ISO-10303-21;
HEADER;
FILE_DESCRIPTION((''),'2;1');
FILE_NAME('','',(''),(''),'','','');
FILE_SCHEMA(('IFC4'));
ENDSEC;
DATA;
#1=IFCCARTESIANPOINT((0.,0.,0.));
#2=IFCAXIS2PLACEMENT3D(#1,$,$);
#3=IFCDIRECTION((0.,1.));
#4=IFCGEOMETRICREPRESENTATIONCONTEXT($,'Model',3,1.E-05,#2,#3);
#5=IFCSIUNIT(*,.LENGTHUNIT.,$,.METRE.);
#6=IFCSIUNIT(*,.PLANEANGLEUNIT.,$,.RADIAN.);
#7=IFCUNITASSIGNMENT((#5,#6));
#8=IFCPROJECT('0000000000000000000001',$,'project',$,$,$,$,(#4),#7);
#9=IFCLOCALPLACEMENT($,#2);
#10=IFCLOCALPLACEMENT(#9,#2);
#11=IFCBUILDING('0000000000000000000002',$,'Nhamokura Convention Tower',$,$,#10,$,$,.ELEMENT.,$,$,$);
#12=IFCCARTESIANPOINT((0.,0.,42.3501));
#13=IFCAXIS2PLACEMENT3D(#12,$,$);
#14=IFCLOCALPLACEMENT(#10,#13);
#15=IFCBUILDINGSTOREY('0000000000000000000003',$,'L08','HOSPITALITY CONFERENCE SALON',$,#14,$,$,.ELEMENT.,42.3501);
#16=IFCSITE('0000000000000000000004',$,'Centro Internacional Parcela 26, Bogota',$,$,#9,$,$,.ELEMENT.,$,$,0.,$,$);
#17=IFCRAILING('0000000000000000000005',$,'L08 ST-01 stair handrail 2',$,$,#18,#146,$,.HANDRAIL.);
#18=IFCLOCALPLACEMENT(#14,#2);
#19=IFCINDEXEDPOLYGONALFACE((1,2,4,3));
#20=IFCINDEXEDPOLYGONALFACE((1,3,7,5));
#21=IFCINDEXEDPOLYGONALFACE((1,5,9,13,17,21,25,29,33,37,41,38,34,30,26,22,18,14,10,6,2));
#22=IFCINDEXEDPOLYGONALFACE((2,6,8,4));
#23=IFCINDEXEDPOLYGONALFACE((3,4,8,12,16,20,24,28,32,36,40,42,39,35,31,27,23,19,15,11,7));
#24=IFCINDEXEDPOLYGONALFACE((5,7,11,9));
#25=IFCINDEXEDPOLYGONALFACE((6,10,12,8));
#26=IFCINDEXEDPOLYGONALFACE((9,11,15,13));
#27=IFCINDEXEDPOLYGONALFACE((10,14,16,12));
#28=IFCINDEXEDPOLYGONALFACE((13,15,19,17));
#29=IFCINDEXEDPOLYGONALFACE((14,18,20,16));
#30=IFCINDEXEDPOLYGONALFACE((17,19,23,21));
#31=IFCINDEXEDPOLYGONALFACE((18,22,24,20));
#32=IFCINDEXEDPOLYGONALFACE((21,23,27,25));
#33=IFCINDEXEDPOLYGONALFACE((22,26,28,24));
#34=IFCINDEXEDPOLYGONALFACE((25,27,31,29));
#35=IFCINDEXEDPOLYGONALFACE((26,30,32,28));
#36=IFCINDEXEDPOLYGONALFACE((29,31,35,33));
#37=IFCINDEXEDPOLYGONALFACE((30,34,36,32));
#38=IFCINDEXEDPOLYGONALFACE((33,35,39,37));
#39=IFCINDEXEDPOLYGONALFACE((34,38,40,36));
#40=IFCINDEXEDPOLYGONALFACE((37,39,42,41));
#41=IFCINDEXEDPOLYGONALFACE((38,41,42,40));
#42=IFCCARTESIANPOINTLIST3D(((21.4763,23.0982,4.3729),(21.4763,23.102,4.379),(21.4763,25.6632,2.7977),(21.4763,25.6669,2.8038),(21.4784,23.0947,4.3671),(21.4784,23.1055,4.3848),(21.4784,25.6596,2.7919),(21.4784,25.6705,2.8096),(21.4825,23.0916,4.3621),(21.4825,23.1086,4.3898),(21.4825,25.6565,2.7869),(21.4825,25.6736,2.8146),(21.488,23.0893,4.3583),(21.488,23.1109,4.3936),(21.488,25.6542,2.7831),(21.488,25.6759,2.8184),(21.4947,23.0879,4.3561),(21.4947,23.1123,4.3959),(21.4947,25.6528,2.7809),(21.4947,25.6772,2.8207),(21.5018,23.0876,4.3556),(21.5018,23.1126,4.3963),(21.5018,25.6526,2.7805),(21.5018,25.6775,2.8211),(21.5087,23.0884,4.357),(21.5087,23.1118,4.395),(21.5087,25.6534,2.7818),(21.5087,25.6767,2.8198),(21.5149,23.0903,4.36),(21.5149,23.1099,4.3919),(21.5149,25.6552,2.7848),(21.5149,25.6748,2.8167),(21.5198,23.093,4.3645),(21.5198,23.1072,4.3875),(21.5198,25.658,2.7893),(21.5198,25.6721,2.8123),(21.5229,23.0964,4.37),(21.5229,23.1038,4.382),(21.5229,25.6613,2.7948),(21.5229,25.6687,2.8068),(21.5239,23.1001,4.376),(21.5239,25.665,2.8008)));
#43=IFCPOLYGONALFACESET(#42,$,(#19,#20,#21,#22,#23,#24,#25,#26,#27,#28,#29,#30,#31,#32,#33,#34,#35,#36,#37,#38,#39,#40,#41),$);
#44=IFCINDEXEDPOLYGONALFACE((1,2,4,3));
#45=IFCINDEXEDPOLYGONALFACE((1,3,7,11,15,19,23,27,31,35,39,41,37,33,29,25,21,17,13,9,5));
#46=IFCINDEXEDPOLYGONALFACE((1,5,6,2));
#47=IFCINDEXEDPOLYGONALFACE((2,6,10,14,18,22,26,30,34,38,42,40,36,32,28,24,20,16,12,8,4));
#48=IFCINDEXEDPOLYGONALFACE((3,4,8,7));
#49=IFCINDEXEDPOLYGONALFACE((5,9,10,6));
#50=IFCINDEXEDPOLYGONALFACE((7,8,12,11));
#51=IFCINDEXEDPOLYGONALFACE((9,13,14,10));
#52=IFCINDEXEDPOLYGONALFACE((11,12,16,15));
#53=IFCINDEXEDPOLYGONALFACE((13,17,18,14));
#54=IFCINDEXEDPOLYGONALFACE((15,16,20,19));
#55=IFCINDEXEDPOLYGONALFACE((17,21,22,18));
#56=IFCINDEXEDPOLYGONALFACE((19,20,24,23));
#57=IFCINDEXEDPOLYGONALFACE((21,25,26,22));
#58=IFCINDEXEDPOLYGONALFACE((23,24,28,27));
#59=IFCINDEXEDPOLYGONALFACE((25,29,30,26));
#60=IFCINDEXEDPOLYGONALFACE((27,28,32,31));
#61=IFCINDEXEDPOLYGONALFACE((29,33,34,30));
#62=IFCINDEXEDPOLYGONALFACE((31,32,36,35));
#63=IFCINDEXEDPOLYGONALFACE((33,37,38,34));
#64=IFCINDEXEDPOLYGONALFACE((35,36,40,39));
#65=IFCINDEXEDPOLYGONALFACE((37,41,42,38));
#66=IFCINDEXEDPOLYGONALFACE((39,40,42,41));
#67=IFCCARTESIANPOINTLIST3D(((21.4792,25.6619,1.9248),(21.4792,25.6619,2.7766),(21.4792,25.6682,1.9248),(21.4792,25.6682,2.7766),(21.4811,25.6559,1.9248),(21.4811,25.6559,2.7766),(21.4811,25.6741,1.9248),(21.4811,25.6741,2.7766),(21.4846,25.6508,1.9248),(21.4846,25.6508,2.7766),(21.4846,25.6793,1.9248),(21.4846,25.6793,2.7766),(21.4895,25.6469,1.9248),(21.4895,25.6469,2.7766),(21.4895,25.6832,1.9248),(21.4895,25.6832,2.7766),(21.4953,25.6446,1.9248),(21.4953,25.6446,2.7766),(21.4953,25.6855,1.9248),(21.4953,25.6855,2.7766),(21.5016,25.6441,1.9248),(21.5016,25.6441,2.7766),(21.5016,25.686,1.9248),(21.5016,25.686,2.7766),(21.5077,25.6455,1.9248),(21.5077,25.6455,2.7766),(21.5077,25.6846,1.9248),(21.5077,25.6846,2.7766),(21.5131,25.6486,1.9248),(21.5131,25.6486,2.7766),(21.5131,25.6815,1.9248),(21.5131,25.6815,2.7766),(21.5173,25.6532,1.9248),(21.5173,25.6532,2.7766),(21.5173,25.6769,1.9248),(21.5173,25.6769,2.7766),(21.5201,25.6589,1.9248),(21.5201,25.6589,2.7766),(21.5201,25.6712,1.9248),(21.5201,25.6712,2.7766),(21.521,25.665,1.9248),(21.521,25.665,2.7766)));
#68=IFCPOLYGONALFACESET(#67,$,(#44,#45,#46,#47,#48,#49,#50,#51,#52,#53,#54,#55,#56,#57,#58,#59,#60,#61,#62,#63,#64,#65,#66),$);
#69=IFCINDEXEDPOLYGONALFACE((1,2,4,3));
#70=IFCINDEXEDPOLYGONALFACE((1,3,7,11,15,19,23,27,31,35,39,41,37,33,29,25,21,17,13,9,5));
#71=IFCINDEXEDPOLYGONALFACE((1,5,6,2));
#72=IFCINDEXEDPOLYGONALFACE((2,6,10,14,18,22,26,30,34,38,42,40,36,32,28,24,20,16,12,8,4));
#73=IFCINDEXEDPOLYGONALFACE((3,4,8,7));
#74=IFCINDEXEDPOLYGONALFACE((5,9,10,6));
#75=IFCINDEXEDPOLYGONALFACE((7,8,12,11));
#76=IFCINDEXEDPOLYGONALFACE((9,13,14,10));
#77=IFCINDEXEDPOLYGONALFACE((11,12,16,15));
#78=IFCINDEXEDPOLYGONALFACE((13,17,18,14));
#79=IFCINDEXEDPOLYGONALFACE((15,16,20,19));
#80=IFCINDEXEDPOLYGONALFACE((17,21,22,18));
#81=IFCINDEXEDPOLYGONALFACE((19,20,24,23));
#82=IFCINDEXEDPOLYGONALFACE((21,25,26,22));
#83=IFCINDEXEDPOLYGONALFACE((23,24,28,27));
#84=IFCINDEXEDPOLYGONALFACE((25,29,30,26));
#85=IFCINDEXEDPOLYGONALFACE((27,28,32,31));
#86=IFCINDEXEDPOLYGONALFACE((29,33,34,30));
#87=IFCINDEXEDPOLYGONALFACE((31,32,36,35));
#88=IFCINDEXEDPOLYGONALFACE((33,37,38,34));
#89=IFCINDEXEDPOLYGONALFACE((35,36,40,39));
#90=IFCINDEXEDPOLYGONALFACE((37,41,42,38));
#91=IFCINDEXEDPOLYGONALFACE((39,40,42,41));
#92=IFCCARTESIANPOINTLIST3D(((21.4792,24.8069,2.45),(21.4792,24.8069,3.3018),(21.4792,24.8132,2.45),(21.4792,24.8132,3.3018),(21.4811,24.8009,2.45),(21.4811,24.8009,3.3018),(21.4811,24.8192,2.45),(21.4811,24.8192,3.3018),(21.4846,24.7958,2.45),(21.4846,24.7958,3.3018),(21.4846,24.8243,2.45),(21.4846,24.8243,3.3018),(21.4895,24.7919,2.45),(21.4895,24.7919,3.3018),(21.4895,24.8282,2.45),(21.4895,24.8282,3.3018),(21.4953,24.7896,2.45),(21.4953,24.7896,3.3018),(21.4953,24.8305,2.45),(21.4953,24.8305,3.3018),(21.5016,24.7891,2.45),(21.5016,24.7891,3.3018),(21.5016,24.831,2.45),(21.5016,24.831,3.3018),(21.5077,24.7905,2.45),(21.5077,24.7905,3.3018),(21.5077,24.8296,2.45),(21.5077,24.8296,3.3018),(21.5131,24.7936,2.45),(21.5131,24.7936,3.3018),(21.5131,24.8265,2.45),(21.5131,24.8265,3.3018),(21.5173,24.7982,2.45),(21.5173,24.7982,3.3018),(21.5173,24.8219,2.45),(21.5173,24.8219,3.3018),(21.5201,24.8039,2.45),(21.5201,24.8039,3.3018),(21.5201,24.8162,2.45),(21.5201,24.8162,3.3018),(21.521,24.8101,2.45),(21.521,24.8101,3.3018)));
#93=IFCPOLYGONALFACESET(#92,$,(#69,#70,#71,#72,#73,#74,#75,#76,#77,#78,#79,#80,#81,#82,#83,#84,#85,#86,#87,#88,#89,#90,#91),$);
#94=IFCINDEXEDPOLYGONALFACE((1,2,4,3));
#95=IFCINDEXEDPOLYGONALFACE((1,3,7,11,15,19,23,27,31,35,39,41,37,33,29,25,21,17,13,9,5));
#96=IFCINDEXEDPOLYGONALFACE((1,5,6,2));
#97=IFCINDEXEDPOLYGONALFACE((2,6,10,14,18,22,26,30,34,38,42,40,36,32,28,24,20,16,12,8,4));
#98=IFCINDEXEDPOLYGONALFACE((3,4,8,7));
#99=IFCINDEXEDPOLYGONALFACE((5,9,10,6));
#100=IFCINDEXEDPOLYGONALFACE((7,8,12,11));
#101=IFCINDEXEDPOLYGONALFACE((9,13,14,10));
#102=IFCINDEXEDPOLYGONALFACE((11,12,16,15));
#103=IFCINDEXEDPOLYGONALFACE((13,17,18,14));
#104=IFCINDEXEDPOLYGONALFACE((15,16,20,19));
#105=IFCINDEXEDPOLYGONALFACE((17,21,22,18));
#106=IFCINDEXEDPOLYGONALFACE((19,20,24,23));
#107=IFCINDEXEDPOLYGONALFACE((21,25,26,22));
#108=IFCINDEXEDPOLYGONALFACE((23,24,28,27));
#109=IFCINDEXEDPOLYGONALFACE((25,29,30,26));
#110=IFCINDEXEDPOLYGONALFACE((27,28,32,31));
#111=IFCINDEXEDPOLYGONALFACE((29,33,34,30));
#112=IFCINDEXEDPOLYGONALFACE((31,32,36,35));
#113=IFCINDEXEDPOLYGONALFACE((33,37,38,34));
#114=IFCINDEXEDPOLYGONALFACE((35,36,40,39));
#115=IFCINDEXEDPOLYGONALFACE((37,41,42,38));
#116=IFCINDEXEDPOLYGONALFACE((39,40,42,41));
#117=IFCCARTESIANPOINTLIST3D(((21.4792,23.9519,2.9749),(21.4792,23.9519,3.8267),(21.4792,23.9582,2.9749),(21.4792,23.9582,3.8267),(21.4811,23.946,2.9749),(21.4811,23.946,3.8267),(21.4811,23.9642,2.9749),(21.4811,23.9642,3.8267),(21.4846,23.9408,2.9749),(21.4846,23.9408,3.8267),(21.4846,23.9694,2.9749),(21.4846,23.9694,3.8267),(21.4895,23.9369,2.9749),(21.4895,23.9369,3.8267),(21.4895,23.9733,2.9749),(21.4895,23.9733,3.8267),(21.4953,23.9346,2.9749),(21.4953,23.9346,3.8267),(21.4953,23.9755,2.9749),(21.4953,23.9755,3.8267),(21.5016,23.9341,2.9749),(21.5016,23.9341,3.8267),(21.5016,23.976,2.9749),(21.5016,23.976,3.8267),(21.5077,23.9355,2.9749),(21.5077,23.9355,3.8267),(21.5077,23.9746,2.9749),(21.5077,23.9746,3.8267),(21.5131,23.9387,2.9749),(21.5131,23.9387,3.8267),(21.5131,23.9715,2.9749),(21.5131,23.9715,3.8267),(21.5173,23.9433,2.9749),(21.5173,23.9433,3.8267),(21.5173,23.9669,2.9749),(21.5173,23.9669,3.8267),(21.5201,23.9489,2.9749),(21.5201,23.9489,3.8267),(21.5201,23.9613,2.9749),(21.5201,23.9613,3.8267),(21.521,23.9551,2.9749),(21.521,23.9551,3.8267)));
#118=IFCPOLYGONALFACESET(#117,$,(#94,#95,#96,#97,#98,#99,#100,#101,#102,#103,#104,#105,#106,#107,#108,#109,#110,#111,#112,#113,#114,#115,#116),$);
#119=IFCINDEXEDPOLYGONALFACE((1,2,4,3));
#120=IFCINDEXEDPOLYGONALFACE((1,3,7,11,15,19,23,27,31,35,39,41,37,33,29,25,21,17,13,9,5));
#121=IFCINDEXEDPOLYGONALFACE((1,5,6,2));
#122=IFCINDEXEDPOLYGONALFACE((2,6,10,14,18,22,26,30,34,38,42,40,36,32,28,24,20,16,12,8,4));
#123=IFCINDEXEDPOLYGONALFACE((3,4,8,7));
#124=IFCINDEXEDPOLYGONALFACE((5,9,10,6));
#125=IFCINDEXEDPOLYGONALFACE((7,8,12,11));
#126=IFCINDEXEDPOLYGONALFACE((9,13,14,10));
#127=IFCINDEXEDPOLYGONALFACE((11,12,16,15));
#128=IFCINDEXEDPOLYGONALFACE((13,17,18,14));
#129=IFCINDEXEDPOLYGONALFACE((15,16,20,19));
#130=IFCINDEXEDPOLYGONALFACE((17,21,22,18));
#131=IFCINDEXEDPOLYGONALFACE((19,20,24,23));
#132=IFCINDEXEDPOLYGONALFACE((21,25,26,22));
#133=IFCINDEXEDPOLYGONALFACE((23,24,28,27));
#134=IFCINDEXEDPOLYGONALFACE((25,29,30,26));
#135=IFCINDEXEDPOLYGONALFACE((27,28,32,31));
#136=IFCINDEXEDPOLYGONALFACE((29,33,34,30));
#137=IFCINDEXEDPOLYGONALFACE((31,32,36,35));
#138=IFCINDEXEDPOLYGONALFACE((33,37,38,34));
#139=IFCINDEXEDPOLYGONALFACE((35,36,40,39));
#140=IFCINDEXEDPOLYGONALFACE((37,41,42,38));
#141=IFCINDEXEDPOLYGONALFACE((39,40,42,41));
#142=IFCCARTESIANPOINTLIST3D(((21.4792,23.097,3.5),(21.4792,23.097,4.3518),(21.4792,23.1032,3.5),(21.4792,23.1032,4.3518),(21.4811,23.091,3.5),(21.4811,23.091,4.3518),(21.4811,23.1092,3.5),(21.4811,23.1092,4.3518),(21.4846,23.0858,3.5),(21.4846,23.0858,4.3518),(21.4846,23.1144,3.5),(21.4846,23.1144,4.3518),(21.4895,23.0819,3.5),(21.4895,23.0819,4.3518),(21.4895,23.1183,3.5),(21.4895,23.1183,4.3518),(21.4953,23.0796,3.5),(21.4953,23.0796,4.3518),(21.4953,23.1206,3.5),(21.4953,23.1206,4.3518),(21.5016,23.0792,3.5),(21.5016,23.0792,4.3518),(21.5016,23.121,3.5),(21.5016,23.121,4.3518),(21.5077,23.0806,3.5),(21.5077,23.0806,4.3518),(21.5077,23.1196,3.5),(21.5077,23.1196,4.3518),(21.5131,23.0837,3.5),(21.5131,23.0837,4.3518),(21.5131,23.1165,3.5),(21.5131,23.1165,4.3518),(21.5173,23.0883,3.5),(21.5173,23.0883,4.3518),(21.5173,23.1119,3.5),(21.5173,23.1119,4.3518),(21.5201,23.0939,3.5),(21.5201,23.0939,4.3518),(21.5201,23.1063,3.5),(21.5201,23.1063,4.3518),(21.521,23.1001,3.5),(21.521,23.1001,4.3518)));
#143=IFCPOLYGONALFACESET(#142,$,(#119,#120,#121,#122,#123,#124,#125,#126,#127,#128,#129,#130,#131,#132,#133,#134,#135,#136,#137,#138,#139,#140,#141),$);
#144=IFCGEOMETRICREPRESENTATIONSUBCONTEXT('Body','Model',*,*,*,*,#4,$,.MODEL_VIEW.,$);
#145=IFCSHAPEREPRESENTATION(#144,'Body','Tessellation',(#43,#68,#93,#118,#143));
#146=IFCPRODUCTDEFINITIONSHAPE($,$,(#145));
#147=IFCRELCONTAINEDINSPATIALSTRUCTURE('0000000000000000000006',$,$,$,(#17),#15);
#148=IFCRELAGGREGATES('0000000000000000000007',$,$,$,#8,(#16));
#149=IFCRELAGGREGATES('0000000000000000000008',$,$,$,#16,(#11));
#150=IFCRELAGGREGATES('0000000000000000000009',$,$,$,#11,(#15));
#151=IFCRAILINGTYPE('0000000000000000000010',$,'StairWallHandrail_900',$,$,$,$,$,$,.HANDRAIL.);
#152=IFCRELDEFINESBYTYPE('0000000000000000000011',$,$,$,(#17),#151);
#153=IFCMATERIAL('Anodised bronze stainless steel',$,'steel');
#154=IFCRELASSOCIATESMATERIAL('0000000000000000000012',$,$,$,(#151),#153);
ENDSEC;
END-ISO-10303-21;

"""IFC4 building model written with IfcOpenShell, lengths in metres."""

from ifc_helpers import new_model, si_unit, direction, frame, origin, origin_2d, place, context, subcontext, project, spatial, circle, extrude, material, type_object, element, save


model = new_model("IFC4")

# Units and contexts
model_context = context("Model", 3, precision=1e-05, world=origin(), true_north=direction((0.0, 1.0)))
body_context = subcontext(model_context, "Body", "Model", "MODEL_VIEW")
ifc_project = project(units=[si_unit("LENGTHUNIT", "METRE"), si_unit("PLANEANGLEUNIT", "RADIAN")], contexts=[model_context])

# Site, building, storey
site_placement = place(None, origin())
site = spatial("IfcSite", under=ifc_project, at=site_placement, Name="Centro Internacional Parcela 26, Bogota", CompositionType="ELEMENT", RefElevation=0.0)
building_placement = place(site_placement, origin())
building = spatial("IfcBuilding", under=site, at=building_placement, Name="Nhamokura Convention Tower", CompositionType="ELEMENT")
storey_placement = place(building_placement, frame((0.0, 0.0, 42.3501)))
storey = spatial("IfcBuildingStorey", under=building, at=storey_placement, Name="L08", Description="HOSPITALITY CONFERENCE SALON", CompositionType="ELEMENT", Elevation=42.3501)

# Railing
ifc_material_1 = material(Name="Anodised bronze stainless steel", Category="steel")
railing_type_1 = type_object("IfcRailingType", Name="StairWallHandrail_900", PredefinedType="HANDRAIL", material=ifc_material_1)
railing_1_placement = place(storey_placement, frame((21.5, 25.665, 1.9248)))
element("IfcRailing", 1, at=railing_1_placement, inside=storey, type_object=railing_type_1, Name="L08 ST-01 stair handrail 2", PredefinedType="HANDRAIL", context=body_context, shape_type="SweptSolid", body=[
    extrude(circle(Radius=0.0239, at=origin_2d()), frame((0.0, 0.0, 0.876), z_axis=(0.0, -0.852137, 0.523319), x_axis=(1.0, 0.0, 0.0)), (0.0, 0.0, 1.0), 3.01),
    extrude(circle(Radius=0.021, at=origin_2d()), origin(), (0.0, 0.0, 1.0), 0.8518),
    extrude(circle(Radius=0.021, at=origin_2d()), frame((0.0, -0.855, 0.5251)), (0.0, 0.0, 1.0), 0.8518),
    extrude(circle(Radius=0.021, at=origin_2d()), frame((0.0, -1.71, 1.05)), (0.0, 0.0, 1.0), 0.8518),
    extrude(circle(Radius=0.021, at=origin_2d()), frame((0.0, -2.5649, 1.5752)), (0.0, 0.0, 1.0), 0.8518),
])

save(model, "model.ifc")
